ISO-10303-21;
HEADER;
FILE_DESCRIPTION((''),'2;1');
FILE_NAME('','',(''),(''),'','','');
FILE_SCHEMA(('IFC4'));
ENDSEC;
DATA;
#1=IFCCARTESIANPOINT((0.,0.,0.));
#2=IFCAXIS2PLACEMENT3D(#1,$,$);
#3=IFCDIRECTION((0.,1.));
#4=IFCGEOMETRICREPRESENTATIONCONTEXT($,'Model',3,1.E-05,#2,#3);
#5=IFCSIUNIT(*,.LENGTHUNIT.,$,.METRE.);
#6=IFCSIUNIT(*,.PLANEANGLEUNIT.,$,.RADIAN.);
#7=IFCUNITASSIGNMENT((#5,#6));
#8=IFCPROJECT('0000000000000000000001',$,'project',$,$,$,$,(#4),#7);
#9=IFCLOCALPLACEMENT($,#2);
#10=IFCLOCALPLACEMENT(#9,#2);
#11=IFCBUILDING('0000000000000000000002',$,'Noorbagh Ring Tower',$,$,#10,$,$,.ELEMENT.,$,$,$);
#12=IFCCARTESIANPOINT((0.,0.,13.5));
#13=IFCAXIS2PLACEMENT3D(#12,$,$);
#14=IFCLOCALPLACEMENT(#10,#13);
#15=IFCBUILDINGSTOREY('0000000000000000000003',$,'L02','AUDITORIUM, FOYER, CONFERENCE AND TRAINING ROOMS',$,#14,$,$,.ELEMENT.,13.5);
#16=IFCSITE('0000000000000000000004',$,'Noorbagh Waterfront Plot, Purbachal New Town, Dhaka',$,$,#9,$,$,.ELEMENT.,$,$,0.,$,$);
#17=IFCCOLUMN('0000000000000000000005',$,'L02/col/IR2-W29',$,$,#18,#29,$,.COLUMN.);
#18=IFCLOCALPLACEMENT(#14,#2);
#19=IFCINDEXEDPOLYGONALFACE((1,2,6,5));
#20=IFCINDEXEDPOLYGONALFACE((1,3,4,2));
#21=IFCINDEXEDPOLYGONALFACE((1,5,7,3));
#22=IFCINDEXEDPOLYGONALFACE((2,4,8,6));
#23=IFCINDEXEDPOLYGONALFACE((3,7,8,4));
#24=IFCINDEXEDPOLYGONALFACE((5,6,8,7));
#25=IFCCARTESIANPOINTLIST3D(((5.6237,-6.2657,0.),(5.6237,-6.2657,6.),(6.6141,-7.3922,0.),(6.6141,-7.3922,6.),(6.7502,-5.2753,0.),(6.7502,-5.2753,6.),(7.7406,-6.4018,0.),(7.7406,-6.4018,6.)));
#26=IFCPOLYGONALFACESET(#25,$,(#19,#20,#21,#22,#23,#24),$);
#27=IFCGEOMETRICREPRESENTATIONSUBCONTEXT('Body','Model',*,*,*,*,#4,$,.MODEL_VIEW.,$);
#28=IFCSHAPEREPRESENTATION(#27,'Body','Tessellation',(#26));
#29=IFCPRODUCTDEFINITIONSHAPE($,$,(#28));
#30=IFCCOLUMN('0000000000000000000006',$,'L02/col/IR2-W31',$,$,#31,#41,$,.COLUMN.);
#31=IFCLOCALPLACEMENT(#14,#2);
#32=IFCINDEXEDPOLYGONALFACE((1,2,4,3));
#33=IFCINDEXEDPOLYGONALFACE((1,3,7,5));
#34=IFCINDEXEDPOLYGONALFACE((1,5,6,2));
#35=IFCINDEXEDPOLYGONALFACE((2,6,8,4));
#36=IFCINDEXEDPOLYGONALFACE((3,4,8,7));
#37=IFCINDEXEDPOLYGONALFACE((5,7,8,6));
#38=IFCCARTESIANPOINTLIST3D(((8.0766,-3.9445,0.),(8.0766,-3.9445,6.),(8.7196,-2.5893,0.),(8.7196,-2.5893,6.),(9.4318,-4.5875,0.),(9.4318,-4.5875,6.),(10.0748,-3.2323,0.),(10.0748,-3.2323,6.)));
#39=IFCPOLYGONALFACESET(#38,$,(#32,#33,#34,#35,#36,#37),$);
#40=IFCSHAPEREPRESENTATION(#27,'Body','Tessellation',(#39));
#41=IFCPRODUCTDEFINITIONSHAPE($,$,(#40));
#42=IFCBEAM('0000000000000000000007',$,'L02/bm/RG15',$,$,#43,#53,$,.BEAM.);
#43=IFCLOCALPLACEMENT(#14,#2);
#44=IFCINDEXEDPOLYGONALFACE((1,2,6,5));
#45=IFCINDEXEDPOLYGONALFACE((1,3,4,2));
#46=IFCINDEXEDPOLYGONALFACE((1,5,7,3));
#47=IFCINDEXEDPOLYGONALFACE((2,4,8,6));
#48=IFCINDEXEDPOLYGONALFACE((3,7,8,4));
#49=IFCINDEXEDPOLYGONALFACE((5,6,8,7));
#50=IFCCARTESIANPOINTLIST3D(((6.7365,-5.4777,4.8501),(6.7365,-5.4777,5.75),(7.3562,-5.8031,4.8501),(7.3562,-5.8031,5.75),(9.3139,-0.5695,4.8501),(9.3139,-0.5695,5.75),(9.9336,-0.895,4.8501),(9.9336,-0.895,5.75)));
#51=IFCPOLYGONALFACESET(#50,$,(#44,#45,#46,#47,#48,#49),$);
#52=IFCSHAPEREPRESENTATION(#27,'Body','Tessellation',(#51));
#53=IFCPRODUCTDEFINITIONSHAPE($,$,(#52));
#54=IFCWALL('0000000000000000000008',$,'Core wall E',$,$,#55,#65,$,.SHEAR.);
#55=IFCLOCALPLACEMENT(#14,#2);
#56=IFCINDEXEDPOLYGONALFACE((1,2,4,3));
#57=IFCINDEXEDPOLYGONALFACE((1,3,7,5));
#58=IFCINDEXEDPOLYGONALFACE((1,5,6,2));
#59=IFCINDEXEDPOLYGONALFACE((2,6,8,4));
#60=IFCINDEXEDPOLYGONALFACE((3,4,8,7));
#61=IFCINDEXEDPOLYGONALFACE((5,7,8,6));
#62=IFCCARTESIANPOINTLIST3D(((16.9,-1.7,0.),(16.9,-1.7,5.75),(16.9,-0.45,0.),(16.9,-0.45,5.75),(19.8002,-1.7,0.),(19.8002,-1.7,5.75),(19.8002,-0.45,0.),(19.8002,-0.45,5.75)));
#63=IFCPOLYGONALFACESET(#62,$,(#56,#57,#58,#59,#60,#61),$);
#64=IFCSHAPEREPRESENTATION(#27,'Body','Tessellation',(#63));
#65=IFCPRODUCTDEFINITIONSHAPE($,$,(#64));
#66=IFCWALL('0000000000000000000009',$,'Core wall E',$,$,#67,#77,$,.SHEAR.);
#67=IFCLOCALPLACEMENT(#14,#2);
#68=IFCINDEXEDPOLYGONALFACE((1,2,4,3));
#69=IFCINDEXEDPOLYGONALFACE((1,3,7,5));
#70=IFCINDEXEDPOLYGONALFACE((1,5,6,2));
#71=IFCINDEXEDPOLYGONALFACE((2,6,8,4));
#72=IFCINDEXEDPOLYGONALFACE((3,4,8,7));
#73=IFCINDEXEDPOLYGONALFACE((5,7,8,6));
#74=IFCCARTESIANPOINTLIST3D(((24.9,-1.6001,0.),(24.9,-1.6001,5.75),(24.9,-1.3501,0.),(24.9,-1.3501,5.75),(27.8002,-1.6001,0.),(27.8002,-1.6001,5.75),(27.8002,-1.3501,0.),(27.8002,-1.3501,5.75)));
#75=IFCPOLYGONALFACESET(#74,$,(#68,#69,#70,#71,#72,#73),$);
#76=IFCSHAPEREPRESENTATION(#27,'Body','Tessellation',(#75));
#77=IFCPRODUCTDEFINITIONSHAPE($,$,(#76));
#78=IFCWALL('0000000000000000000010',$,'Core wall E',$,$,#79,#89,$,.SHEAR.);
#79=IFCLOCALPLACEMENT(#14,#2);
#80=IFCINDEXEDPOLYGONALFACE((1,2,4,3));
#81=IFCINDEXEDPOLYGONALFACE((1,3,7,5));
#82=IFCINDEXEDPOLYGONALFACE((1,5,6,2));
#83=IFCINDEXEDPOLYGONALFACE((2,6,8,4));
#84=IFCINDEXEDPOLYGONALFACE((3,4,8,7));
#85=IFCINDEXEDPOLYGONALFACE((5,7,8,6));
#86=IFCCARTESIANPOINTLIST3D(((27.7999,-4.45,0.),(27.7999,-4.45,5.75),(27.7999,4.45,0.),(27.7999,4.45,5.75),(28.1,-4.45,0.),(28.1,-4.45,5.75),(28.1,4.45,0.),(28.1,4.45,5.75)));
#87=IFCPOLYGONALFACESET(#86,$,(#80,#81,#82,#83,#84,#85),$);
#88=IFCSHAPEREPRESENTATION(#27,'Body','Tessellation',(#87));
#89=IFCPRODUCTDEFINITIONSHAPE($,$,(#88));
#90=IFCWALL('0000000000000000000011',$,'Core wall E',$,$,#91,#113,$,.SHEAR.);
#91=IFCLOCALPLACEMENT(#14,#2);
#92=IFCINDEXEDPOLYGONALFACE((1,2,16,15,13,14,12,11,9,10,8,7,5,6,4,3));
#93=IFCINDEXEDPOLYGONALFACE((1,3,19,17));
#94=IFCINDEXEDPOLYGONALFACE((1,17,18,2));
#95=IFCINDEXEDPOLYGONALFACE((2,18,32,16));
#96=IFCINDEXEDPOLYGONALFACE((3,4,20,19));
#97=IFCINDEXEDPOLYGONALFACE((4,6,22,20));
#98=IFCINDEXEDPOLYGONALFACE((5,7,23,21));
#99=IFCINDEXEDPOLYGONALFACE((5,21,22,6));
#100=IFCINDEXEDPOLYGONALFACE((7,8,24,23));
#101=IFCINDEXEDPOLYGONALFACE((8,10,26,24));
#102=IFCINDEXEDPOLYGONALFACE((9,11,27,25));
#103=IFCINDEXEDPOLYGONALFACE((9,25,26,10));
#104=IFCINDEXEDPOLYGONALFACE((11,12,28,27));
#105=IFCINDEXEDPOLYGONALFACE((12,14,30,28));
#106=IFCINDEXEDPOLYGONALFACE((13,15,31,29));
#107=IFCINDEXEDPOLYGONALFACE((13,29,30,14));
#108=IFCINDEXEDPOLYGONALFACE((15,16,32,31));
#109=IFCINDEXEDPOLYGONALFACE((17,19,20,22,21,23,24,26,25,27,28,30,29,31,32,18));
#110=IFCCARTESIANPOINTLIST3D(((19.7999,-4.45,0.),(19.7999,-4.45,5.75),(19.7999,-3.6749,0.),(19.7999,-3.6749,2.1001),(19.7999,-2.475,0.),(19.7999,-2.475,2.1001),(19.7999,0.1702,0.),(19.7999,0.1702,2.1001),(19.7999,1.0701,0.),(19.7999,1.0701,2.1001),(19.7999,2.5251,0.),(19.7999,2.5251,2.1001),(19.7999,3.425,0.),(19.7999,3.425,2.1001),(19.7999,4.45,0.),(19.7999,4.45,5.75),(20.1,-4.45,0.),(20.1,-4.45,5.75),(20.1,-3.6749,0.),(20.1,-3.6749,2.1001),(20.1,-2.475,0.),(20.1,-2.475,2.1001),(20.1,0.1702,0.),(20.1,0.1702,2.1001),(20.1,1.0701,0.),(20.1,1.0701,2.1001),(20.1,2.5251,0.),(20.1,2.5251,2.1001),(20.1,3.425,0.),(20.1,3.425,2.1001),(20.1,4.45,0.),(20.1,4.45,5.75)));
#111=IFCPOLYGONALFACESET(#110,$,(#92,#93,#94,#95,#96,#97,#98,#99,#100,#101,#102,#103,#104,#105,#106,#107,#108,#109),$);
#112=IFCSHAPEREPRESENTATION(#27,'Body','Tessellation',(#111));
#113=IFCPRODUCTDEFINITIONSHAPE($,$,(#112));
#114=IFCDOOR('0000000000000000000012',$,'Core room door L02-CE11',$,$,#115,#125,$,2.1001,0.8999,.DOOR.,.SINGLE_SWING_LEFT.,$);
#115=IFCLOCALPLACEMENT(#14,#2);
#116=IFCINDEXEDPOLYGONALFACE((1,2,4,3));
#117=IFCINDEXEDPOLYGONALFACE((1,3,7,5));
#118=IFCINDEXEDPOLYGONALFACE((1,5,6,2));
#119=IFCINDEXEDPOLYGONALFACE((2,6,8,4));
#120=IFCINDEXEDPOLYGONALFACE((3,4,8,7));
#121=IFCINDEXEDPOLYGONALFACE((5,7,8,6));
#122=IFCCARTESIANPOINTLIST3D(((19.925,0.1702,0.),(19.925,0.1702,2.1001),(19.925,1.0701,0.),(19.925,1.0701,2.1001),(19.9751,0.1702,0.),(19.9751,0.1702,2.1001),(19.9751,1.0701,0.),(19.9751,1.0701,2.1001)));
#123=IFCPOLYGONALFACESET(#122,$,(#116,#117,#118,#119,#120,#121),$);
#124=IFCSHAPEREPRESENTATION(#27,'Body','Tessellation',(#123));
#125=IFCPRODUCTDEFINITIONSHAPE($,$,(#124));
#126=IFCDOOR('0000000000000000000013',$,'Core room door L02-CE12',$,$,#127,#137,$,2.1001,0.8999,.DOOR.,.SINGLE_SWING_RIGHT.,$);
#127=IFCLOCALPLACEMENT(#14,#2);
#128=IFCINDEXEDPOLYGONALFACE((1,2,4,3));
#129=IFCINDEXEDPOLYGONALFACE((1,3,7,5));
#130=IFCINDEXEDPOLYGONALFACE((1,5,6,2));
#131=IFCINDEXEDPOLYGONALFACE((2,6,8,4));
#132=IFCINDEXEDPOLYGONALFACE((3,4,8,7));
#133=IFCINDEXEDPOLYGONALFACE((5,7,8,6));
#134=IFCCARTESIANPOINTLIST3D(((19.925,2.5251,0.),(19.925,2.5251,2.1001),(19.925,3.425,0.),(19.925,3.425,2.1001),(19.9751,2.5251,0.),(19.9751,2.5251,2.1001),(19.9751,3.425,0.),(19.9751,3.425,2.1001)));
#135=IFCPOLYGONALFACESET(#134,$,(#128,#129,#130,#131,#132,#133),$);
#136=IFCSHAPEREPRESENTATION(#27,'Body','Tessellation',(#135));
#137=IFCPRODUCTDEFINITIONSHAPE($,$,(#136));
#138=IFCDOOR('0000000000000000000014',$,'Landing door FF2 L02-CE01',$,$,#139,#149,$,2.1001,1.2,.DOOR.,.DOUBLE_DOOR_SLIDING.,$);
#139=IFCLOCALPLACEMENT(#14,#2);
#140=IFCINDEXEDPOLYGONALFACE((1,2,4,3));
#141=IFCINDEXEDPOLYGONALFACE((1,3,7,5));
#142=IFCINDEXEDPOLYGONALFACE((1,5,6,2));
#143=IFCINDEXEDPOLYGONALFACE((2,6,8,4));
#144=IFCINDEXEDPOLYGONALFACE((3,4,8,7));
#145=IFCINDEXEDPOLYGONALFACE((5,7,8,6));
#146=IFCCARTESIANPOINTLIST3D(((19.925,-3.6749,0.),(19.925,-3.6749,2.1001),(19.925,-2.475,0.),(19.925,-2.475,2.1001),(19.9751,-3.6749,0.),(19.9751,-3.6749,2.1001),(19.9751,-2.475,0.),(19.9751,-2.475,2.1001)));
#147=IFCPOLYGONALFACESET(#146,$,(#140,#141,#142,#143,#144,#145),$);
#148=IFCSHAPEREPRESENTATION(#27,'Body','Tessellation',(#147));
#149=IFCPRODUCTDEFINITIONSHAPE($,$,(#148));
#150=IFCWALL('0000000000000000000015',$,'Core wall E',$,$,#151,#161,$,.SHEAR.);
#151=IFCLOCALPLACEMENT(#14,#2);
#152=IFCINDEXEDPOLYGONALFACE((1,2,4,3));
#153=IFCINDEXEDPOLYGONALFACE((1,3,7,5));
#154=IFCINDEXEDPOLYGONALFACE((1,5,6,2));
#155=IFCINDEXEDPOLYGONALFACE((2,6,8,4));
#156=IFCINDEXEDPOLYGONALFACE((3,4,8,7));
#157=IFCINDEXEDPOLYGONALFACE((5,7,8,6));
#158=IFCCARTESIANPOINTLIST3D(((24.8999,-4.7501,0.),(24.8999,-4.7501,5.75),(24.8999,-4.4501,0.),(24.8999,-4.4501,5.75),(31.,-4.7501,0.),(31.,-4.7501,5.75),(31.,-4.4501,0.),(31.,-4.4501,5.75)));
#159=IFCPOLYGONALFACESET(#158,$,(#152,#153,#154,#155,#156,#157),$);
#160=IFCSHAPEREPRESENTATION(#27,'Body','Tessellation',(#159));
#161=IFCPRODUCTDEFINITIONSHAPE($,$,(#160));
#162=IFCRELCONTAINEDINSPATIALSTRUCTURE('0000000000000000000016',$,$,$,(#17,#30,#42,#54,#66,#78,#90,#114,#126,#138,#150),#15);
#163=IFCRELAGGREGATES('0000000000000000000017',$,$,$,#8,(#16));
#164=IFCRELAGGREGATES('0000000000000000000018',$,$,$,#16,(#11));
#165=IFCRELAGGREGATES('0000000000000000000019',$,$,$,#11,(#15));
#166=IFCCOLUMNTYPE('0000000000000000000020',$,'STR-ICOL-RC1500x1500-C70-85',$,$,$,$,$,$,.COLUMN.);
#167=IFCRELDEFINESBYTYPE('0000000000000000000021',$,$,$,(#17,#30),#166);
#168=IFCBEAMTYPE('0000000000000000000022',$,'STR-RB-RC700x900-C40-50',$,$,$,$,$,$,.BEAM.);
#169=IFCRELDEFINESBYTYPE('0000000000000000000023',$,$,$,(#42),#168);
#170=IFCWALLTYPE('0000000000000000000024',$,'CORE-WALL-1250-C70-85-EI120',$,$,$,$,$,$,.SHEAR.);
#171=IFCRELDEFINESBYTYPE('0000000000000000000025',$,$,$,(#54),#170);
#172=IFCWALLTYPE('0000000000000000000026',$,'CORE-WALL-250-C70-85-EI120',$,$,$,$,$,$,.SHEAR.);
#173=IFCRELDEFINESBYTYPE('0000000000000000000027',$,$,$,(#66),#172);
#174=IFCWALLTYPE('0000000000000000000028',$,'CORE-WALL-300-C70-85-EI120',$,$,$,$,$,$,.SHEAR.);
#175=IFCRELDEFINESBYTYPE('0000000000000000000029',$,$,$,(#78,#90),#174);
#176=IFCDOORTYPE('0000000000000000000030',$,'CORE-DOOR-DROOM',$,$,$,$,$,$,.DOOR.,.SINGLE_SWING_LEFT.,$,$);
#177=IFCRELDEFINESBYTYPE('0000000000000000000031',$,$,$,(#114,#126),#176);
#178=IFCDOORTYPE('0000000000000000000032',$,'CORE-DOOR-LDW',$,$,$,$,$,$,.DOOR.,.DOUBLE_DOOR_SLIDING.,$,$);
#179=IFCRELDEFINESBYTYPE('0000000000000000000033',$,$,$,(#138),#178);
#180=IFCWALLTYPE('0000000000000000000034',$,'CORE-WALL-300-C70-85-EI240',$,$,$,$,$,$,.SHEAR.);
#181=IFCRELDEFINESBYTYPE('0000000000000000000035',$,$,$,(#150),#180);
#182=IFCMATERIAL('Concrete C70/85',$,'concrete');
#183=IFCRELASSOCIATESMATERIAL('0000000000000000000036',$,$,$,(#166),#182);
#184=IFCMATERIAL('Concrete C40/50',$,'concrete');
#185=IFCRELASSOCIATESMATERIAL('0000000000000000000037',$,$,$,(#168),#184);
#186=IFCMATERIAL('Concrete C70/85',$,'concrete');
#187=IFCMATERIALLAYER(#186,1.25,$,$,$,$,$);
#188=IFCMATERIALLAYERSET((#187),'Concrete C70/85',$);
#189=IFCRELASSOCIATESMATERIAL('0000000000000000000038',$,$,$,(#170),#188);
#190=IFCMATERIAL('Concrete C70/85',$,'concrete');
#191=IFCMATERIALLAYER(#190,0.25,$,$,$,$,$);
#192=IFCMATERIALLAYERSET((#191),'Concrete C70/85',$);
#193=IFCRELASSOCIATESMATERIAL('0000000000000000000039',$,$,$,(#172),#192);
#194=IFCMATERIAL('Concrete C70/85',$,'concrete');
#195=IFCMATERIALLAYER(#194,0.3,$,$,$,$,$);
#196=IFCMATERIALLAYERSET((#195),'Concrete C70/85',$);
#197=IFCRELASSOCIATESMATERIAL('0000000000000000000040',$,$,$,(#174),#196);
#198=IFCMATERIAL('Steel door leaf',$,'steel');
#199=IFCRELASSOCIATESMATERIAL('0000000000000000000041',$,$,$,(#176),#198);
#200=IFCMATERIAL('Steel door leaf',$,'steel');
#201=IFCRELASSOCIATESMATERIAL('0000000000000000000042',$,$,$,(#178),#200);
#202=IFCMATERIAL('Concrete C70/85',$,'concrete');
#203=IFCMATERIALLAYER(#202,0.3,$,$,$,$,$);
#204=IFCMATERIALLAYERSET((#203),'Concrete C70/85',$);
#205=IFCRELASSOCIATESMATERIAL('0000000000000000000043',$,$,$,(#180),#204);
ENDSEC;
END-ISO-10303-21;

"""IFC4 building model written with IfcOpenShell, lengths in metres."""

from ifc_helpers import new_model, si_unit, direction, frame, frame_2d, origin, origin_2d, place, context, subcontext, project, spatial, rectangle, extrude, material, layer, layer_set, material_profile, profile_set, type_object, element, fill, save


model = new_model("IFC4")

# Units and contexts
model_context = context("Model", 3, precision=1e-05, world=origin(), true_north=direction((0.0, 1.0)))
body_context = subcontext(model_context, "Body", "Model", "MODEL_VIEW")
ifc_project = project(units=[si_unit("LENGTHUNIT", "METRE"), si_unit("PLANEANGLEUNIT", "RADIAN")], contexts=[model_context])

# Site, building, storey
site_placement = place(None, origin())
site = spatial("IfcSite", under=ifc_project, at=site_placement, Name="Noorbagh Waterfront Plot, Purbachal New Town, Dhaka", CompositionType="ELEMENT", RefElevation=0.0)
building_placement = place(site_placement, origin())
building = spatial("IfcBuilding", under=site, at=building_placement, Name="Noorbagh Ring Tower", CompositionType="ELEMENT")
storey_placement = place(building_placement, frame((0.0, 0.0, 13.5)))
storey = spatial("IfcBuildingStorey", under=building, at=storey_placement, Name="L02", Description="AUDITORIUM, FOYER, CONFERENCE AND TRAINING ROOMS", CompositionType="ELEMENT", Elevation=13.5)

# Columns
ifc_material_1 = material(Name="Concrete C70/85", Category="concrete")
ifc_material_profile_1 = material_profile(ifc_material_1, rectangle(XDim=1.5, YDim=1.5, at=origin_2d()), Name="RC1500x1500")
ifc_profile_set_1 = profile_set([ifc_material_profile_1], Name="Concrete C70/85")
column_type = type_object("IfcColumnType", Name="STR-ICOL-RC1500x1500-C70-85", PredefinedType="COLUMN", material=ifc_profile_set_1)
for number, where, z_axis, x_axis, name in (
    (1, (6.6821, -6.3337, 0.0), (0.0, 0.0, 1.0), (0.751022, 0.660277, 0.0), "L02/col/IR2-W29"),
    (2, (9.0757, -3.5884, 0.0), (0.0, 0.0, 1.0), (0.428667, 0.903463, 0.0), "L02/col/IR2-W31"),
):
    element("IfcColumn", number, at=place(storey_placement, frame(where, z_axis=z_axis, x_axis=x_axis)), inside=storey, type_object=column_type, Name=name, PredefinedType="COLUMN", context=body_context, shape_type="SweptSolid", body=[
        extrude(rectangle(XDim=1.5, YDim=1.5, at=origin_2d()), origin(), (0.0, 0.0, 1.0), 6.0),
    ])

# Beam
ifc_material_2 = material(Name="Concrete C40/50", Category="concrete")
ifc_material_profile_2 = material_profile(ifc_material_2, rectangle(XDim=0.7, YDim=0.8999, at=origin_2d()), Name="RC700x900")
ifc_profile_set_2 = profile_set([ifc_material_profile_2], Name="Concrete C40/50")
beam_type = type_object("IfcBeamType", Name="STR-RB-RC700x900-C40-50", PredefinedType="BEAM", material=ifc_profile_set_2)
beam_placement = place(storey_placement, frame((7.0464, -5.6404, 5.3), z_axis=(0.464917, 0.885354, 0.0), x_axis=(-0.885354, 0.464917, 0.0)))
element("IfcBeam", 3, at=beam_placement, inside=storey, type_object=beam_type, Name="L02/bm/RG15", PredefinedType="BEAM", context=body_context, shape_type="SweptSolid", body=[
    extrude(rectangle(XDim=0.7, YDim=0.8999, at=origin_2d()), origin(), (0.0, 0.0, 1.0), 5.5437),
])

# Walls
ifc_material_3 = material(Name="Concrete C70/85", Category="concrete")
ifc_layer_1 = layer(ifc_material_3, 1.25)
ifc_layer_set_1 = layer_set([ifc_layer_1], Name="Concrete C70/85")
wall_type_1 = type_object("IfcWallType", Name="CORE-WALL-1250-C70-85-EI120", PredefinedType="SHEAR", material=ifc_layer_set_1)
wall_1_placement = place(storey_placement, frame((16.8999, -1.075, 0.0), z_axis=(0.0, 0.0, 1.0), x_axis=(1.0, 0.0, 0.0)))
element("IfcWall", 4, at=wall_1_placement, inside=storey, type_object=wall_type_1, Name="Core wall E", PredefinedType="SHEAR", context=body_context, shape_type="SweptSolid", body=[
    extrude(rectangle(XDim=2.9001, YDim=1.25, at=frame_2d((1.4502, 0.0))), origin(), (0.0, 0.0, 1.0), 5.75),
])
ifc_material_4 = material(Name="Concrete C70/85", Category="concrete")
ifc_layer_2 = layer(ifc_material_4, 0.25)
ifc_layer_set_2 = layer_set([ifc_layer_2], Name="Concrete C70/85")
wall_type_2 = type_object("IfcWallType", Name="CORE-WALL-250-C70-85-EI120", PredefinedType="SHEAR", material=ifc_layer_set_2)
wall_2_placement = place(storey_placement, frame((24.8999, -1.4751, 0.0), z_axis=(0.0, 0.0, 1.0), x_axis=(1.0, 0.0, 0.0)))
element("IfcWall", 5, at=wall_2_placement, inside=storey, type_object=wall_type_2, Name="Core wall E", PredefinedType="SHEAR", context=body_context, shape_type="SweptSolid", body=[
    extrude(rectangle(XDim=2.9001, YDim=0.25, at=frame_2d((1.4502, 0.0))), origin(), (0.0, 0.0, 1.0), 5.75),
])
ifc_material_5 = material(Name="Concrete C70/85", Category="concrete")
ifc_layer_3 = layer(ifc_material_5, 0.3)
ifc_layer_set_3 = layer_set([ifc_layer_3], Name="Concrete C70/85")
wall_type_3 = type_object("IfcWallType", Name="CORE-WALL-300-C70-85-EI120", PredefinedType="SHEAR", material=ifc_layer_set_3)
wall_3_placement = place(storey_placement, frame((27.95, -4.45, 0.0), z_axis=(0.0, 0.0, 1.0), x_axis=(0.0, 1.0, 0.0)))
element("IfcWall", 6, at=wall_3_placement, inside=storey, type_object=wall_type_3, Name="Core wall E", PredefinedType="SHEAR", context=body_context, shape_type="SweptSolid", body=[
    extrude(rectangle(XDim=8.8999, YDim=0.3, at=frame_2d((4.45, 0.0))), origin(), (0.0, 0.0, 1.0), 5.75),
])

# Wall, openings, doors
wall_4_placement = place(storey_placement, frame((19.95, -4.45, 0.0), z_axis=(0.0, 0.0, 1.0), x_axis=(0.0, 1.0, 0.0)))
wall_4 = element("IfcWall", 7, at=wall_4_placement, inside=storey, type_object=wall_type_3, Name="Core wall E", PredefinedType="SHEAR", context=body_context, shape_type="SweptSolid", body=[
    extrude(rectangle(XDim=8.8999, YDim=0.3, at=frame_2d((4.45, 0.0))), origin(), (0.0, 0.0, 1.0), 5.75),
])
opening_1_placement = place(wall_4_placement, frame((0.7749, 0.0, 0.0)))
opening_1 = element("IfcOpeningElement", 8, at=opening_1_placement, cuts=wall_4, PredefinedType="OPENING", context=body_context, shape_type="SweptSolid", body=[
    extrude(rectangle(XDim=1.2, YDim=2.1001, at=frame_2d((0.6001, 1.05))), frame((0.0, 0.1602, 0.0), z_axis=(0.0, -1.0, 0.0), x_axis=(1.0, 0.0, 0.0)), (0.0, 0.0, 1.0), 0.3201),
])
opening_2_placement = place(wall_4_placement, frame((4.6201, 0.0, 0.0)))
opening_2 = element("IfcOpeningElement", 9, at=opening_2_placement, cuts=wall_4, PredefinedType="OPENING", context=body_context, shape_type="SweptSolid", body=[
    extrude(rectangle(XDim=0.8999, YDim=2.1001, at=frame_2d((0.45, 1.05))), frame((0.0, 0.1602, 0.0), z_axis=(0.0, -1.0, 0.0), x_axis=(1.0, 0.0, 0.0)), (0.0, 0.0, 1.0), 0.3201),
])
opening_3_placement = place(wall_4_placement, frame((6.9751, 0.0, 0.0)))
opening_3 = element("IfcOpeningElement", 10, at=opening_3_placement, cuts=wall_4, PredefinedType="OPENING", context=body_context, shape_type="SweptSolid", body=[
    extrude(rectangle(XDim=0.8999, YDim=2.1001, at=frame_2d((0.45, 1.05))), frame((0.0, 0.1602, 0.0), z_axis=(0.0, -1.0, 0.0), x_axis=(1.0, 0.0, 0.0)), (0.0, 0.0, 1.0), 0.3201),
])
ifc_material_6 = material(Name="Steel door leaf", Category="steel")
door_type_1 = type_object("IfcDoorType", Name="CORE-DOOR-DROOM", OperationType="SINGLE_SWING_LEFT", PredefinedType="DOOR", material=ifc_material_6)
door_1_placement = place(opening_2_placement, origin())
door_1 = element("IfcDoor", 11, at=door_1_placement, inside=storey, type_object=door_type_1, Name="Core room door L02-CE11", OperationType="SINGLE_SWING_LEFT", OverallHeight=2.1001, OverallWidth=0.8999, PredefinedType="DOOR", context=body_context, shape_type="SweptSolid", body=[
    extrude(rectangle(XDim=0.8999, YDim=2.1001, at=frame_2d((0.45, 1.05))), frame((0.0, 0.0249, 0.0), z_axis=(0.0, -1.0, 0.0), x_axis=(1.0, 0.0, 0.0)), (0.0, 0.0, 1.0), 0.05),
])
fill(opening_2, door_1)
door_2_placement = place(opening_3_placement, origin())
door_2 = element("IfcDoor", 12, at=door_2_placement, inside=storey, type_object=door_type_1, Name="Core room door L02-CE12", OperationType="SINGLE_SWING_RIGHT", OverallHeight=2.1001, OverallWidth=0.8999, PredefinedType="DOOR", context=body_context, shape_type="SweptSolid", body=[
    extrude(rectangle(XDim=0.8999, YDim=2.1001, at=frame_2d((0.45, 1.05))), frame((0.0, 0.0249, 0.0), z_axis=(0.0, -1.0, 0.0), x_axis=(1.0, 0.0, 0.0)), (0.0, 0.0, 1.0), 0.05),
])
fill(opening_3, door_2)
ifc_material_7 = material(Name="Steel door leaf", Category="steel")
door_type_2 = type_object("IfcDoorType", Name="CORE-DOOR-LDW", OperationType="DOUBLE_DOOR_SLIDING", PredefinedType="DOOR", material=ifc_material_7)
door_3_placement = place(opening_1_placement, origin())
door_3 = element("IfcDoor", 13, at=door_3_placement, inside=storey, type_object=door_type_2, Name="Landing door FF2 L02-CE01", OperationType="DOUBLE_DOOR_SLIDING", OverallHeight=2.1001, OverallWidth=1.2, PredefinedType="DOOR", context=body_context, shape_type="SweptSolid", body=[
    extrude(rectangle(XDim=1.2, YDim=2.1001, at=frame_2d((0.6001, 1.05))), frame((0.0, 0.0249, 0.0), z_axis=(0.0, -1.0, 0.0), x_axis=(1.0, 0.0, 0.0)), (0.0, 0.0, 1.0), 0.05),
])
fill(opening_1, door_3)

# Wall
ifc_material_8 = material(Name="Concrete C70/85", Category="concrete")
ifc_layer_4 = layer(ifc_material_8, 0.3)
ifc_layer_set_4 = layer_set([ifc_layer_4], Name="Concrete C70/85")
wall_type_4 = type_object("IfcWallType", Name="CORE-WALL-300-C70-85-EI240", PredefinedType="SHEAR", material=ifc_layer_set_4)
wall_5_placement = place(storey_placement, frame((24.8999, -4.6001, 0.0), z_axis=(0.0, 0.0, 1.0), x_axis=(1.0, 0.0, 0.0)))
element("IfcWall", 14, at=wall_5_placement, inside=storey, type_object=wall_type_4, Name="Core wall E", PredefinedType="SHEAR", context=body_context, shape_type="SweptSolid", body=[
    extrude(rectangle(XDim=6.1001, YDim=0.3, at=frame_2d((3.05, 0.0))), origin(), (0.0, 0.0, 1.0), 5.75),
])

save(model, "model.ifc")
